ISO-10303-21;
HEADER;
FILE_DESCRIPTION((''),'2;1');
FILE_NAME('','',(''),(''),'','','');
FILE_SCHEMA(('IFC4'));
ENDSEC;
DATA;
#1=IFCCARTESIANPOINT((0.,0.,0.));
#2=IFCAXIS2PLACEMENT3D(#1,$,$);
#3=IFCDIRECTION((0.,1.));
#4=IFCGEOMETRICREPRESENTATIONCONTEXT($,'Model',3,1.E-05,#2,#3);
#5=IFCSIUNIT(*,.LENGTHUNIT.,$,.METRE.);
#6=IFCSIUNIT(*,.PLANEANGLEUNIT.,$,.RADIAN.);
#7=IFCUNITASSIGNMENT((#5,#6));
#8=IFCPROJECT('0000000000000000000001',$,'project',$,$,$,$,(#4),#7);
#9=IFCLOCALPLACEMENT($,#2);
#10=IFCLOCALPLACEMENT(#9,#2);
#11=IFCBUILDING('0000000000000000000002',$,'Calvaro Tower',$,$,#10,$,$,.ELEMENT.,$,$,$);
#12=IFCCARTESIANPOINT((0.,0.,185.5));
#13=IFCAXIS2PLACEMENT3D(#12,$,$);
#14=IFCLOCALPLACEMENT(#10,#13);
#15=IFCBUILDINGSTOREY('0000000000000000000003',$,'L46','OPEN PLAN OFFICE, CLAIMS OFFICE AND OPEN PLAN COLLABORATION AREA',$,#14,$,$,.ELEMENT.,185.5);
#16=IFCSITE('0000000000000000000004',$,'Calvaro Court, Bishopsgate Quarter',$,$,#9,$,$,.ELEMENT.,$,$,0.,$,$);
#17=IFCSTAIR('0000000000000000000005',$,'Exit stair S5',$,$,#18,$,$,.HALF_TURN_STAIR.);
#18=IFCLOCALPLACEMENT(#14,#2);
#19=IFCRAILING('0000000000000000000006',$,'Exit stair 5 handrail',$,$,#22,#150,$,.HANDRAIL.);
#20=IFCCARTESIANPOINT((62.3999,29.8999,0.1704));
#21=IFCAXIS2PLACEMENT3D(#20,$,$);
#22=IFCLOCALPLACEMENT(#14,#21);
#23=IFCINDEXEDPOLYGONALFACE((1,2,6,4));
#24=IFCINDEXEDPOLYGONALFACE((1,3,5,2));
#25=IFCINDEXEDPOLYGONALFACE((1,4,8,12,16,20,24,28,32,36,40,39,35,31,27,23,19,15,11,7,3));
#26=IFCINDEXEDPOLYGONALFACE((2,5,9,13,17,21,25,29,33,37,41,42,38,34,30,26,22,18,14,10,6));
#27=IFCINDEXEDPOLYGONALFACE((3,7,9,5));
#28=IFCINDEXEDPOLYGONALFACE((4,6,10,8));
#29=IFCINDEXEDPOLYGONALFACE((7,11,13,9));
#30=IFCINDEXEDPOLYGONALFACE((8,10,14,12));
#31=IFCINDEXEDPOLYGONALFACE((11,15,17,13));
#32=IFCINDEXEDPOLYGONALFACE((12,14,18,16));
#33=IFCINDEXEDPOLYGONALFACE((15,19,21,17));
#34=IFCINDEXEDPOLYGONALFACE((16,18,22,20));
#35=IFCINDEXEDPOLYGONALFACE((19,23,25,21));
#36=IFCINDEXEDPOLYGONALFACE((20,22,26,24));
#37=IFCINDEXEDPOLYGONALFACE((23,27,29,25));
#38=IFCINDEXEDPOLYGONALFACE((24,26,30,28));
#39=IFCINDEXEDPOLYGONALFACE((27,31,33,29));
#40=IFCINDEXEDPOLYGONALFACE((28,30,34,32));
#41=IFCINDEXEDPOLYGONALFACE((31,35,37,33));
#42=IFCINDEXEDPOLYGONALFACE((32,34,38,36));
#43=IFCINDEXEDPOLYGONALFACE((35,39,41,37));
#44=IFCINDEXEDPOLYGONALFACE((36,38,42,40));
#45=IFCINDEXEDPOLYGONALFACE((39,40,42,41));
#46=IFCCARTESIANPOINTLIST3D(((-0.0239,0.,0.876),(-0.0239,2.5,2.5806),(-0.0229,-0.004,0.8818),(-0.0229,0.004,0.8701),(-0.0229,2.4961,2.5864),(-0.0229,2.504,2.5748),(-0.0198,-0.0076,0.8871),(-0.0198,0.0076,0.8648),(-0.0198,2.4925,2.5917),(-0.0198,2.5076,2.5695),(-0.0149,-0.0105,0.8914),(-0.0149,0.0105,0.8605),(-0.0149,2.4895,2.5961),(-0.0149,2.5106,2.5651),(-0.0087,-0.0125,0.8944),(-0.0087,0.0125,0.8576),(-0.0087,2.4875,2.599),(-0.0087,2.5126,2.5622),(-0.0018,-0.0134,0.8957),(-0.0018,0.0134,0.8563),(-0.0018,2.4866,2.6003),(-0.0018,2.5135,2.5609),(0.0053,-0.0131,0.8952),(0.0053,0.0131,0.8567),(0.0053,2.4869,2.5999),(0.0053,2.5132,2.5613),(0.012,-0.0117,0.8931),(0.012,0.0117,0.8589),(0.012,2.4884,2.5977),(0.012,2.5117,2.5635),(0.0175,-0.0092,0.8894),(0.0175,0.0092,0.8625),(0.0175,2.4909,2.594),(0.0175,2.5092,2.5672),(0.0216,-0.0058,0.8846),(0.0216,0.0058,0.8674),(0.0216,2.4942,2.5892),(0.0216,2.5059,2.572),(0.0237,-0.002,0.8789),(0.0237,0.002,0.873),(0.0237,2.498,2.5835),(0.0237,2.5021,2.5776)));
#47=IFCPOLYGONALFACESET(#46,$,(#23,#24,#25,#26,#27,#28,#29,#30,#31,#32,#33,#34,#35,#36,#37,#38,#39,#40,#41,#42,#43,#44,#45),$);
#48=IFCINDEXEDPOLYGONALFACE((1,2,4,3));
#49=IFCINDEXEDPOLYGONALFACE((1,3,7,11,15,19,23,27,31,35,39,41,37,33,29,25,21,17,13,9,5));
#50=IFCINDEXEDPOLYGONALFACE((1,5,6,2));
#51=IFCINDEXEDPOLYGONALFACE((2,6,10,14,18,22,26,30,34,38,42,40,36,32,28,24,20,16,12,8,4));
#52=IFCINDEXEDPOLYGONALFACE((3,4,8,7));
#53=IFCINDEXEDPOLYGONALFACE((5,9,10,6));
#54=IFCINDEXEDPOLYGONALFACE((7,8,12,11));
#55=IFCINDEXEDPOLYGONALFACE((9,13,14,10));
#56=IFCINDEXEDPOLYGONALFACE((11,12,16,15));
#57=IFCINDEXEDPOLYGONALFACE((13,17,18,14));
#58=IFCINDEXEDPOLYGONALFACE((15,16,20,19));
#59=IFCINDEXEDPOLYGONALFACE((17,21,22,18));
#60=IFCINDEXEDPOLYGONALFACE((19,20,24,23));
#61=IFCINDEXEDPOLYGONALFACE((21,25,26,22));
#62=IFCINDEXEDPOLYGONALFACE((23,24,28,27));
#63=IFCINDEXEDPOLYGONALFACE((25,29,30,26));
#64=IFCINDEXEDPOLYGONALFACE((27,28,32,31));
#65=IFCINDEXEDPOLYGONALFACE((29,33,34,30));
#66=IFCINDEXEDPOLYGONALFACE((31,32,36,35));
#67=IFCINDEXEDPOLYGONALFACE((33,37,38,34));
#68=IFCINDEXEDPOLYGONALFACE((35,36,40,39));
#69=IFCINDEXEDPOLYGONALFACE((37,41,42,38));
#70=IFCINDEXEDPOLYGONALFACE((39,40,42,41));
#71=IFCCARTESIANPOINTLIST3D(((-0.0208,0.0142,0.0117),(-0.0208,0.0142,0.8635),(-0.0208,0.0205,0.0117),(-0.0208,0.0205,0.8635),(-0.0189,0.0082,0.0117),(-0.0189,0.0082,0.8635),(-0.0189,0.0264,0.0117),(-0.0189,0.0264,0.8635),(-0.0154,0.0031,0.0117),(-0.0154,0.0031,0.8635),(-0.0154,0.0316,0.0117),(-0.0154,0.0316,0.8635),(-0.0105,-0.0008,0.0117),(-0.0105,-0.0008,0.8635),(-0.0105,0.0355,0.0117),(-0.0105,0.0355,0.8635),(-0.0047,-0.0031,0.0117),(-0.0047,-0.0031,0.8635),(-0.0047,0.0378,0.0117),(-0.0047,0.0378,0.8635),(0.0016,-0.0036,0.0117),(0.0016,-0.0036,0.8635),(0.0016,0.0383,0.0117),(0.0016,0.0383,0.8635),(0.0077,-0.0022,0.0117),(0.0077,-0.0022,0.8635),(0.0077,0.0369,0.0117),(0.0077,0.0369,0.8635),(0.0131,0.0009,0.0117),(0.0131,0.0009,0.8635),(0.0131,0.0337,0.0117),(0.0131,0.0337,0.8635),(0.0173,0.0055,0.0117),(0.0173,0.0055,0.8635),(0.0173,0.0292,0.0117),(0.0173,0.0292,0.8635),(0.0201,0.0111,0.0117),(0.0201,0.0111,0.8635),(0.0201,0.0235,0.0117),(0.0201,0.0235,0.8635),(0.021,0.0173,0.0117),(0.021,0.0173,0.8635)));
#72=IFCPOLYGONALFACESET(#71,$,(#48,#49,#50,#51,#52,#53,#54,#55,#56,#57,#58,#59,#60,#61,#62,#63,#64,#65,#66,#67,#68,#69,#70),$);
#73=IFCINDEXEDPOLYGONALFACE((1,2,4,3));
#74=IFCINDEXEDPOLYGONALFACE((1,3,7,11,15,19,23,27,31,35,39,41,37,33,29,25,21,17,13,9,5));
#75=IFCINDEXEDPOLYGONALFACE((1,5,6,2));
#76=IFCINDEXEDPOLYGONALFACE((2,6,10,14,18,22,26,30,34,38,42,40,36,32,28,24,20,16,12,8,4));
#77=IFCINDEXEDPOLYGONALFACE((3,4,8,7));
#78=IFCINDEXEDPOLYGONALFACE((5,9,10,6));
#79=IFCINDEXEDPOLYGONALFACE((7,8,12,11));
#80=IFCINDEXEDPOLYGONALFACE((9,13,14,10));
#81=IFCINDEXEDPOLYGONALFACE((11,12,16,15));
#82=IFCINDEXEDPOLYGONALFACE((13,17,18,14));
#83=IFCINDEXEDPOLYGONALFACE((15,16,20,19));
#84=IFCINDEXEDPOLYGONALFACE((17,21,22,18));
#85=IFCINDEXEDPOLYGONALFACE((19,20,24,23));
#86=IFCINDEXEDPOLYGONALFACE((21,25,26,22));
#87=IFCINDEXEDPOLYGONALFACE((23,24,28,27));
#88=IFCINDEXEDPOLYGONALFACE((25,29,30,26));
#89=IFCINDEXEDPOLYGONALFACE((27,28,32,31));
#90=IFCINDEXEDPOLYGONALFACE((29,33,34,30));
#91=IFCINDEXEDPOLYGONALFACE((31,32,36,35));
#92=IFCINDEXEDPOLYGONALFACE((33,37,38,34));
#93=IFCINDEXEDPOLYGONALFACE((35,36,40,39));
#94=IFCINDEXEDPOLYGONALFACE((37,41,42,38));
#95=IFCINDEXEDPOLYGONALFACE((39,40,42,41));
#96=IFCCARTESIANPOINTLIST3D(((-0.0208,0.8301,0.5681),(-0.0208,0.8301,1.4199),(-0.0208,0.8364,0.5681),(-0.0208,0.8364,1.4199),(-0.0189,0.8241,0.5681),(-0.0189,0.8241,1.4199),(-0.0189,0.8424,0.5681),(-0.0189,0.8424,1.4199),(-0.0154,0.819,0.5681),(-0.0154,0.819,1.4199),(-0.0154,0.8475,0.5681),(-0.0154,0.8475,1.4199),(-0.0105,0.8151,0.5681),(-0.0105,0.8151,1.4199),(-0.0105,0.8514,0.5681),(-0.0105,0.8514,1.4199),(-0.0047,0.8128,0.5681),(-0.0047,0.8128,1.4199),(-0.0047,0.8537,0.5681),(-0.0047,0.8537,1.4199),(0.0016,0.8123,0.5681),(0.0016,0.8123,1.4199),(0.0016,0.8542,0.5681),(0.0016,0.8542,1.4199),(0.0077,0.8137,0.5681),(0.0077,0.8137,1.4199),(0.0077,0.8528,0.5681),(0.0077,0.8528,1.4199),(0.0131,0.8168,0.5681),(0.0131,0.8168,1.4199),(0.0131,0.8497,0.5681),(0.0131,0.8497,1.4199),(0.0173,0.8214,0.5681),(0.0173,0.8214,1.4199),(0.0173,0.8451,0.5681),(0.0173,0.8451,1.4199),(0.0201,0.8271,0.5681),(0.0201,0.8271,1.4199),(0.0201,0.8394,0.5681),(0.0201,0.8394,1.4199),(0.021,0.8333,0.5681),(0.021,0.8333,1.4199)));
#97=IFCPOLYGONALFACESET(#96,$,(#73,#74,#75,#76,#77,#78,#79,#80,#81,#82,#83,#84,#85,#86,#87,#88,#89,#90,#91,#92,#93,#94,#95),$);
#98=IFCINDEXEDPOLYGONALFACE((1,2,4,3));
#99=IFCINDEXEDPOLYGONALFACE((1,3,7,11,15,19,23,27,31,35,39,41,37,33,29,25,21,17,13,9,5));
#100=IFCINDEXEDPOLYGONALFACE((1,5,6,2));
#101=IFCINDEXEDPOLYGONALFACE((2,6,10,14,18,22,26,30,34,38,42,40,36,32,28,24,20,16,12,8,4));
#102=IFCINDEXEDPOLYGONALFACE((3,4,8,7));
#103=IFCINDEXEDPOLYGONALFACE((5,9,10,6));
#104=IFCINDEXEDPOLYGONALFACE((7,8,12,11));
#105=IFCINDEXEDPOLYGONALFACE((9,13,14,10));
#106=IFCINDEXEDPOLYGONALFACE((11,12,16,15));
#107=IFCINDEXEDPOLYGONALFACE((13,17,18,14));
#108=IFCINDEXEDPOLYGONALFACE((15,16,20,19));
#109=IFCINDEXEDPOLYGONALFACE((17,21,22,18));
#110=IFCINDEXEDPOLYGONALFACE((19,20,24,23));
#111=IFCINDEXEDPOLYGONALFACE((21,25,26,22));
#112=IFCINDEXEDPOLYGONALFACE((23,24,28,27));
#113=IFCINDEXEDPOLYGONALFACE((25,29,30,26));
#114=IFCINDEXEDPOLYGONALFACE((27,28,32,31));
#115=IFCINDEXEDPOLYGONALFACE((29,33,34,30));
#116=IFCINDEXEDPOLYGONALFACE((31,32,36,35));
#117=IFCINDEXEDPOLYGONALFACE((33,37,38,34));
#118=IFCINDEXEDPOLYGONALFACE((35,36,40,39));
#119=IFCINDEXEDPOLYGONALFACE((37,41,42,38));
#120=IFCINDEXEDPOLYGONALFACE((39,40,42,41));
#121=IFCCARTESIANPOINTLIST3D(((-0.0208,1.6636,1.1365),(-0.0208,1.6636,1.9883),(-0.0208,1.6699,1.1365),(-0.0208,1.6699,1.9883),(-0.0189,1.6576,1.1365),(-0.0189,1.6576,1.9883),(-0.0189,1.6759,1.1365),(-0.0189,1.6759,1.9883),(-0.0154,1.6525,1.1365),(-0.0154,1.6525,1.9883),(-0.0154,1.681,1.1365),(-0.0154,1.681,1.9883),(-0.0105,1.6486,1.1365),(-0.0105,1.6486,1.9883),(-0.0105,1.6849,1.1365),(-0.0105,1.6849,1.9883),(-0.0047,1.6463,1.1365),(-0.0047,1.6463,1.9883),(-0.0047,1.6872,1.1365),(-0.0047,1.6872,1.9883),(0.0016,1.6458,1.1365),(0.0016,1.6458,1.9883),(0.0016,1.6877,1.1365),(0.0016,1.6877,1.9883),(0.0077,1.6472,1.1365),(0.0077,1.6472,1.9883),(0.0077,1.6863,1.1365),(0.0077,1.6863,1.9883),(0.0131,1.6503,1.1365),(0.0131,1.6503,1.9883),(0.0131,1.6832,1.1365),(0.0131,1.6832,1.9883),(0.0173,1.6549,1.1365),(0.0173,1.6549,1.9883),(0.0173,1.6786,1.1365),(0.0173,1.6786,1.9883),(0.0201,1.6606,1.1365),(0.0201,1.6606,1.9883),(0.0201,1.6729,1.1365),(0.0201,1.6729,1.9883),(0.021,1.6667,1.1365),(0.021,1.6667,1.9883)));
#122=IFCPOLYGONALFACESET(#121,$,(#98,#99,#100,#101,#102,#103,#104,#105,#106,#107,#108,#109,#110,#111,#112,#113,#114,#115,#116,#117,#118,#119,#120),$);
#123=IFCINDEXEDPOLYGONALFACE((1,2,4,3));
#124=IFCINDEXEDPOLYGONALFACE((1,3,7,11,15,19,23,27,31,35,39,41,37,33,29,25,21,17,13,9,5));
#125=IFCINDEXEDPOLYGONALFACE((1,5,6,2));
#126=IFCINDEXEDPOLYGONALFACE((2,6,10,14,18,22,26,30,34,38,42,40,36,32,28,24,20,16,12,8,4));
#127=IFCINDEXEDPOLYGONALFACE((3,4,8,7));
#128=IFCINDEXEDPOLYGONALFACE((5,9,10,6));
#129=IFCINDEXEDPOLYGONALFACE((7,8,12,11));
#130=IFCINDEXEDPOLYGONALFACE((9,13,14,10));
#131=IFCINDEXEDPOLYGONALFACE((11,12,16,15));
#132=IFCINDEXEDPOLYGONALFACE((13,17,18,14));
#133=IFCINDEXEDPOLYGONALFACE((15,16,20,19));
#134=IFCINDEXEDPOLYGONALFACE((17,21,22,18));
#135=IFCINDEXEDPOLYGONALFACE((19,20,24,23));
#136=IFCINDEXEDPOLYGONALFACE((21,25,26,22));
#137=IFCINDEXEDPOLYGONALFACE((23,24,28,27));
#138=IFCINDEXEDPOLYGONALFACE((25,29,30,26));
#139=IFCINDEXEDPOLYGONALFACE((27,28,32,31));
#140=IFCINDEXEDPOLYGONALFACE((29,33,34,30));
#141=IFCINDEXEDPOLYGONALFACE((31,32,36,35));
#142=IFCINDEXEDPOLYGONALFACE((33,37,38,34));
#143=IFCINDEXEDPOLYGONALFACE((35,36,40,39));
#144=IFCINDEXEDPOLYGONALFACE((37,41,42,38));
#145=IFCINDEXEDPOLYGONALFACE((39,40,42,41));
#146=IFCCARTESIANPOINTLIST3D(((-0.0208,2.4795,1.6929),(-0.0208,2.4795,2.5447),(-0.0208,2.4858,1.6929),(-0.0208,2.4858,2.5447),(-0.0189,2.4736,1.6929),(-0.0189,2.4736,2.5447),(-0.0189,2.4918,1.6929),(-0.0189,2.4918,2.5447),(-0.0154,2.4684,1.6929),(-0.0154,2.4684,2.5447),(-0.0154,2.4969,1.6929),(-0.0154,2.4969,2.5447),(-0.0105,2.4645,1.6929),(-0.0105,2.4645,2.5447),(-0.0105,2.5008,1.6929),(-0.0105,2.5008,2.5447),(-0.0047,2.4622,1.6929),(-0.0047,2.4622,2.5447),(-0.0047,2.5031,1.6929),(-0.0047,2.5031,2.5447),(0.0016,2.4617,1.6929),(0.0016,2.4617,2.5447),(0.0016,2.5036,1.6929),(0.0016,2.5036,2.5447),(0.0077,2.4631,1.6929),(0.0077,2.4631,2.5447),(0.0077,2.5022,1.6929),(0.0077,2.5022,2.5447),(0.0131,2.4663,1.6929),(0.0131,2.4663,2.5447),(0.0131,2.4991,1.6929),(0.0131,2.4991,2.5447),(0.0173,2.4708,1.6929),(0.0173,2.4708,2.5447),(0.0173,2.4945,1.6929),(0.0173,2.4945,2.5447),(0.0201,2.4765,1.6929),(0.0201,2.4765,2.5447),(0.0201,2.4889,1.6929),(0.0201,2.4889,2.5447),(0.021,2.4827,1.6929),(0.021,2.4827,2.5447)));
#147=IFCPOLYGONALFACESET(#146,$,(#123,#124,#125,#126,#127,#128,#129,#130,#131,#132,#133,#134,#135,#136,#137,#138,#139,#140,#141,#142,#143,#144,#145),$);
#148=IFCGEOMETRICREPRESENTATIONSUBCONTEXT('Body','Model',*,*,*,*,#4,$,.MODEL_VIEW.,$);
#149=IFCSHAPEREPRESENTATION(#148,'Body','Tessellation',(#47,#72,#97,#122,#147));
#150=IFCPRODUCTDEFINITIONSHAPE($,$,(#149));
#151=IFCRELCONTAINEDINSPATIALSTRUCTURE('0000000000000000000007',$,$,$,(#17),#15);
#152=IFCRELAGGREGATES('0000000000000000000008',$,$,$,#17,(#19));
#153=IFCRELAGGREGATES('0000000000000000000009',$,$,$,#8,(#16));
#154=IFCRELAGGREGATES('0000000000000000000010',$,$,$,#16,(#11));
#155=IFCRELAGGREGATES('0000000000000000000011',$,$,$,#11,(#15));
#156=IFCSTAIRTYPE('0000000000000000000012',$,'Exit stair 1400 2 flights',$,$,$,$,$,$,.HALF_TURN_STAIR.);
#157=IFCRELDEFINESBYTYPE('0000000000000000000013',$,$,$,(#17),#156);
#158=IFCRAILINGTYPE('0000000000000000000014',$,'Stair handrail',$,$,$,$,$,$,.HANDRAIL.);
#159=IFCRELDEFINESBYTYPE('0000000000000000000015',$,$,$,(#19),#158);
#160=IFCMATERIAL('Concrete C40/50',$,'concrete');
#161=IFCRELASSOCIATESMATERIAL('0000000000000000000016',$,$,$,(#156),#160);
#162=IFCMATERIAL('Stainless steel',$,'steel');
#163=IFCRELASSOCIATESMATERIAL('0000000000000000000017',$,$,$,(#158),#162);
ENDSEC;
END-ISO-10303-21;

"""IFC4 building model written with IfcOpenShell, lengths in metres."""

from ifc_helpers import new_model, si_unit, direction, frame, origin, origin_2d, place, context, subcontext, project, spatial, circle, extrude, material, type_object, element, aggregate, save


model = new_model("IFC4")

# Units and contexts
model_context = context("Model", 3, precision=1e-05, world=origin(), true_north=direction((0.0, 1.0)))
body_context = subcontext(model_context, "Body", "Model", "MODEL_VIEW")
ifc_project = project(units=[si_unit("LENGTHUNIT", "METRE"), si_unit("PLANEANGLEUNIT", "RADIAN")], contexts=[model_context])

# Site, building, storey
site_placement = place(None, origin())
site = spatial("IfcSite", under=ifc_project, at=site_placement, Name="Calvaro Court, Bishopsgate Quarter", CompositionType="ELEMENT", RefElevation=0.0)
building_placement = place(site_placement, origin())
building = spatial("IfcBuilding", under=site, at=building_placement, Name="Calvaro Tower", CompositionType="ELEMENT")
storey_placement = place(building_placement, frame((0.0, 0.0, 185.5)))
storey = spatial("IfcBuildingStorey", under=building, at=storey_placement, Name="L46", Description="OPEN PLAN OFFICE, CLAIMS OFFICE AND OPEN PLAN COLLABORATION AREA", CompositionType="ELEMENT", Elevation=185.5)

# Stair
ifc_material_1 = material(Name="Concrete C40/50", Category="concrete")
stair_type = type_object("IfcStairType", Name="Exit stair 1400 2 flights", PredefinedType="HALF_TURN_STAIR", material=ifc_material_1)
stair_1_placement = place(storey_placement, origin())
stair_1 = element("IfcStair", 1, at=stair_1_placement, inside=storey, type_object=stair_type, Name="Exit stair S5", PredefinedType="HALF_TURN_STAIR")

# Railing
ifc_material_2 = material(Name="Stainless steel", Category="steel")
railing_type = type_object("IfcRailingType", Name="Stair handrail", PredefinedType="HANDRAIL", material=ifc_material_2)
railing_1_placement = place(storey_placement, frame((62.3999, 29.8999, 0.1704)))
railing_1 = element("IfcRailing", 2, at=railing_1_placement, type_object=railing_type, Name="Exit stair 5 handrail", PredefinedType="HANDRAIL", context=body_context, shape_type="SweptSolid", body=[
    extrude(circle(Radius=0.0239, at=origin_2d()), frame((0.0, 0.0, 0.876), z_axis=(0.0, 0.826221, 0.563347), x_axis=(-1.0, 0.0, 0.0)), (0.0, 0.0, 1.0), 3.0259),
    extrude(circle(Radius=0.021, at=origin_2d()), frame((0.0, 0.0173, 0.0117)), (0.0, 0.0, 1.0), 0.8518),
    extrude(circle(Radius=0.021, at=origin_2d()), frame((0.0, 0.8333, 0.5681)), (0.0, 0.0, 1.0), 0.8518),
    extrude(circle(Radius=0.021, at=origin_2d()), frame((0.0, 1.6667, 1.1365)), (0.0, 0.0, 1.0), 0.8518),
    extrude(circle(Radius=0.021, at=origin_2d()), frame((0.0, 2.4827, 1.6929)), (0.0, 0.0, 1.0), 0.8518),
])
aggregate(stair_1, [railing_1])

save(model, "model.ifc")
